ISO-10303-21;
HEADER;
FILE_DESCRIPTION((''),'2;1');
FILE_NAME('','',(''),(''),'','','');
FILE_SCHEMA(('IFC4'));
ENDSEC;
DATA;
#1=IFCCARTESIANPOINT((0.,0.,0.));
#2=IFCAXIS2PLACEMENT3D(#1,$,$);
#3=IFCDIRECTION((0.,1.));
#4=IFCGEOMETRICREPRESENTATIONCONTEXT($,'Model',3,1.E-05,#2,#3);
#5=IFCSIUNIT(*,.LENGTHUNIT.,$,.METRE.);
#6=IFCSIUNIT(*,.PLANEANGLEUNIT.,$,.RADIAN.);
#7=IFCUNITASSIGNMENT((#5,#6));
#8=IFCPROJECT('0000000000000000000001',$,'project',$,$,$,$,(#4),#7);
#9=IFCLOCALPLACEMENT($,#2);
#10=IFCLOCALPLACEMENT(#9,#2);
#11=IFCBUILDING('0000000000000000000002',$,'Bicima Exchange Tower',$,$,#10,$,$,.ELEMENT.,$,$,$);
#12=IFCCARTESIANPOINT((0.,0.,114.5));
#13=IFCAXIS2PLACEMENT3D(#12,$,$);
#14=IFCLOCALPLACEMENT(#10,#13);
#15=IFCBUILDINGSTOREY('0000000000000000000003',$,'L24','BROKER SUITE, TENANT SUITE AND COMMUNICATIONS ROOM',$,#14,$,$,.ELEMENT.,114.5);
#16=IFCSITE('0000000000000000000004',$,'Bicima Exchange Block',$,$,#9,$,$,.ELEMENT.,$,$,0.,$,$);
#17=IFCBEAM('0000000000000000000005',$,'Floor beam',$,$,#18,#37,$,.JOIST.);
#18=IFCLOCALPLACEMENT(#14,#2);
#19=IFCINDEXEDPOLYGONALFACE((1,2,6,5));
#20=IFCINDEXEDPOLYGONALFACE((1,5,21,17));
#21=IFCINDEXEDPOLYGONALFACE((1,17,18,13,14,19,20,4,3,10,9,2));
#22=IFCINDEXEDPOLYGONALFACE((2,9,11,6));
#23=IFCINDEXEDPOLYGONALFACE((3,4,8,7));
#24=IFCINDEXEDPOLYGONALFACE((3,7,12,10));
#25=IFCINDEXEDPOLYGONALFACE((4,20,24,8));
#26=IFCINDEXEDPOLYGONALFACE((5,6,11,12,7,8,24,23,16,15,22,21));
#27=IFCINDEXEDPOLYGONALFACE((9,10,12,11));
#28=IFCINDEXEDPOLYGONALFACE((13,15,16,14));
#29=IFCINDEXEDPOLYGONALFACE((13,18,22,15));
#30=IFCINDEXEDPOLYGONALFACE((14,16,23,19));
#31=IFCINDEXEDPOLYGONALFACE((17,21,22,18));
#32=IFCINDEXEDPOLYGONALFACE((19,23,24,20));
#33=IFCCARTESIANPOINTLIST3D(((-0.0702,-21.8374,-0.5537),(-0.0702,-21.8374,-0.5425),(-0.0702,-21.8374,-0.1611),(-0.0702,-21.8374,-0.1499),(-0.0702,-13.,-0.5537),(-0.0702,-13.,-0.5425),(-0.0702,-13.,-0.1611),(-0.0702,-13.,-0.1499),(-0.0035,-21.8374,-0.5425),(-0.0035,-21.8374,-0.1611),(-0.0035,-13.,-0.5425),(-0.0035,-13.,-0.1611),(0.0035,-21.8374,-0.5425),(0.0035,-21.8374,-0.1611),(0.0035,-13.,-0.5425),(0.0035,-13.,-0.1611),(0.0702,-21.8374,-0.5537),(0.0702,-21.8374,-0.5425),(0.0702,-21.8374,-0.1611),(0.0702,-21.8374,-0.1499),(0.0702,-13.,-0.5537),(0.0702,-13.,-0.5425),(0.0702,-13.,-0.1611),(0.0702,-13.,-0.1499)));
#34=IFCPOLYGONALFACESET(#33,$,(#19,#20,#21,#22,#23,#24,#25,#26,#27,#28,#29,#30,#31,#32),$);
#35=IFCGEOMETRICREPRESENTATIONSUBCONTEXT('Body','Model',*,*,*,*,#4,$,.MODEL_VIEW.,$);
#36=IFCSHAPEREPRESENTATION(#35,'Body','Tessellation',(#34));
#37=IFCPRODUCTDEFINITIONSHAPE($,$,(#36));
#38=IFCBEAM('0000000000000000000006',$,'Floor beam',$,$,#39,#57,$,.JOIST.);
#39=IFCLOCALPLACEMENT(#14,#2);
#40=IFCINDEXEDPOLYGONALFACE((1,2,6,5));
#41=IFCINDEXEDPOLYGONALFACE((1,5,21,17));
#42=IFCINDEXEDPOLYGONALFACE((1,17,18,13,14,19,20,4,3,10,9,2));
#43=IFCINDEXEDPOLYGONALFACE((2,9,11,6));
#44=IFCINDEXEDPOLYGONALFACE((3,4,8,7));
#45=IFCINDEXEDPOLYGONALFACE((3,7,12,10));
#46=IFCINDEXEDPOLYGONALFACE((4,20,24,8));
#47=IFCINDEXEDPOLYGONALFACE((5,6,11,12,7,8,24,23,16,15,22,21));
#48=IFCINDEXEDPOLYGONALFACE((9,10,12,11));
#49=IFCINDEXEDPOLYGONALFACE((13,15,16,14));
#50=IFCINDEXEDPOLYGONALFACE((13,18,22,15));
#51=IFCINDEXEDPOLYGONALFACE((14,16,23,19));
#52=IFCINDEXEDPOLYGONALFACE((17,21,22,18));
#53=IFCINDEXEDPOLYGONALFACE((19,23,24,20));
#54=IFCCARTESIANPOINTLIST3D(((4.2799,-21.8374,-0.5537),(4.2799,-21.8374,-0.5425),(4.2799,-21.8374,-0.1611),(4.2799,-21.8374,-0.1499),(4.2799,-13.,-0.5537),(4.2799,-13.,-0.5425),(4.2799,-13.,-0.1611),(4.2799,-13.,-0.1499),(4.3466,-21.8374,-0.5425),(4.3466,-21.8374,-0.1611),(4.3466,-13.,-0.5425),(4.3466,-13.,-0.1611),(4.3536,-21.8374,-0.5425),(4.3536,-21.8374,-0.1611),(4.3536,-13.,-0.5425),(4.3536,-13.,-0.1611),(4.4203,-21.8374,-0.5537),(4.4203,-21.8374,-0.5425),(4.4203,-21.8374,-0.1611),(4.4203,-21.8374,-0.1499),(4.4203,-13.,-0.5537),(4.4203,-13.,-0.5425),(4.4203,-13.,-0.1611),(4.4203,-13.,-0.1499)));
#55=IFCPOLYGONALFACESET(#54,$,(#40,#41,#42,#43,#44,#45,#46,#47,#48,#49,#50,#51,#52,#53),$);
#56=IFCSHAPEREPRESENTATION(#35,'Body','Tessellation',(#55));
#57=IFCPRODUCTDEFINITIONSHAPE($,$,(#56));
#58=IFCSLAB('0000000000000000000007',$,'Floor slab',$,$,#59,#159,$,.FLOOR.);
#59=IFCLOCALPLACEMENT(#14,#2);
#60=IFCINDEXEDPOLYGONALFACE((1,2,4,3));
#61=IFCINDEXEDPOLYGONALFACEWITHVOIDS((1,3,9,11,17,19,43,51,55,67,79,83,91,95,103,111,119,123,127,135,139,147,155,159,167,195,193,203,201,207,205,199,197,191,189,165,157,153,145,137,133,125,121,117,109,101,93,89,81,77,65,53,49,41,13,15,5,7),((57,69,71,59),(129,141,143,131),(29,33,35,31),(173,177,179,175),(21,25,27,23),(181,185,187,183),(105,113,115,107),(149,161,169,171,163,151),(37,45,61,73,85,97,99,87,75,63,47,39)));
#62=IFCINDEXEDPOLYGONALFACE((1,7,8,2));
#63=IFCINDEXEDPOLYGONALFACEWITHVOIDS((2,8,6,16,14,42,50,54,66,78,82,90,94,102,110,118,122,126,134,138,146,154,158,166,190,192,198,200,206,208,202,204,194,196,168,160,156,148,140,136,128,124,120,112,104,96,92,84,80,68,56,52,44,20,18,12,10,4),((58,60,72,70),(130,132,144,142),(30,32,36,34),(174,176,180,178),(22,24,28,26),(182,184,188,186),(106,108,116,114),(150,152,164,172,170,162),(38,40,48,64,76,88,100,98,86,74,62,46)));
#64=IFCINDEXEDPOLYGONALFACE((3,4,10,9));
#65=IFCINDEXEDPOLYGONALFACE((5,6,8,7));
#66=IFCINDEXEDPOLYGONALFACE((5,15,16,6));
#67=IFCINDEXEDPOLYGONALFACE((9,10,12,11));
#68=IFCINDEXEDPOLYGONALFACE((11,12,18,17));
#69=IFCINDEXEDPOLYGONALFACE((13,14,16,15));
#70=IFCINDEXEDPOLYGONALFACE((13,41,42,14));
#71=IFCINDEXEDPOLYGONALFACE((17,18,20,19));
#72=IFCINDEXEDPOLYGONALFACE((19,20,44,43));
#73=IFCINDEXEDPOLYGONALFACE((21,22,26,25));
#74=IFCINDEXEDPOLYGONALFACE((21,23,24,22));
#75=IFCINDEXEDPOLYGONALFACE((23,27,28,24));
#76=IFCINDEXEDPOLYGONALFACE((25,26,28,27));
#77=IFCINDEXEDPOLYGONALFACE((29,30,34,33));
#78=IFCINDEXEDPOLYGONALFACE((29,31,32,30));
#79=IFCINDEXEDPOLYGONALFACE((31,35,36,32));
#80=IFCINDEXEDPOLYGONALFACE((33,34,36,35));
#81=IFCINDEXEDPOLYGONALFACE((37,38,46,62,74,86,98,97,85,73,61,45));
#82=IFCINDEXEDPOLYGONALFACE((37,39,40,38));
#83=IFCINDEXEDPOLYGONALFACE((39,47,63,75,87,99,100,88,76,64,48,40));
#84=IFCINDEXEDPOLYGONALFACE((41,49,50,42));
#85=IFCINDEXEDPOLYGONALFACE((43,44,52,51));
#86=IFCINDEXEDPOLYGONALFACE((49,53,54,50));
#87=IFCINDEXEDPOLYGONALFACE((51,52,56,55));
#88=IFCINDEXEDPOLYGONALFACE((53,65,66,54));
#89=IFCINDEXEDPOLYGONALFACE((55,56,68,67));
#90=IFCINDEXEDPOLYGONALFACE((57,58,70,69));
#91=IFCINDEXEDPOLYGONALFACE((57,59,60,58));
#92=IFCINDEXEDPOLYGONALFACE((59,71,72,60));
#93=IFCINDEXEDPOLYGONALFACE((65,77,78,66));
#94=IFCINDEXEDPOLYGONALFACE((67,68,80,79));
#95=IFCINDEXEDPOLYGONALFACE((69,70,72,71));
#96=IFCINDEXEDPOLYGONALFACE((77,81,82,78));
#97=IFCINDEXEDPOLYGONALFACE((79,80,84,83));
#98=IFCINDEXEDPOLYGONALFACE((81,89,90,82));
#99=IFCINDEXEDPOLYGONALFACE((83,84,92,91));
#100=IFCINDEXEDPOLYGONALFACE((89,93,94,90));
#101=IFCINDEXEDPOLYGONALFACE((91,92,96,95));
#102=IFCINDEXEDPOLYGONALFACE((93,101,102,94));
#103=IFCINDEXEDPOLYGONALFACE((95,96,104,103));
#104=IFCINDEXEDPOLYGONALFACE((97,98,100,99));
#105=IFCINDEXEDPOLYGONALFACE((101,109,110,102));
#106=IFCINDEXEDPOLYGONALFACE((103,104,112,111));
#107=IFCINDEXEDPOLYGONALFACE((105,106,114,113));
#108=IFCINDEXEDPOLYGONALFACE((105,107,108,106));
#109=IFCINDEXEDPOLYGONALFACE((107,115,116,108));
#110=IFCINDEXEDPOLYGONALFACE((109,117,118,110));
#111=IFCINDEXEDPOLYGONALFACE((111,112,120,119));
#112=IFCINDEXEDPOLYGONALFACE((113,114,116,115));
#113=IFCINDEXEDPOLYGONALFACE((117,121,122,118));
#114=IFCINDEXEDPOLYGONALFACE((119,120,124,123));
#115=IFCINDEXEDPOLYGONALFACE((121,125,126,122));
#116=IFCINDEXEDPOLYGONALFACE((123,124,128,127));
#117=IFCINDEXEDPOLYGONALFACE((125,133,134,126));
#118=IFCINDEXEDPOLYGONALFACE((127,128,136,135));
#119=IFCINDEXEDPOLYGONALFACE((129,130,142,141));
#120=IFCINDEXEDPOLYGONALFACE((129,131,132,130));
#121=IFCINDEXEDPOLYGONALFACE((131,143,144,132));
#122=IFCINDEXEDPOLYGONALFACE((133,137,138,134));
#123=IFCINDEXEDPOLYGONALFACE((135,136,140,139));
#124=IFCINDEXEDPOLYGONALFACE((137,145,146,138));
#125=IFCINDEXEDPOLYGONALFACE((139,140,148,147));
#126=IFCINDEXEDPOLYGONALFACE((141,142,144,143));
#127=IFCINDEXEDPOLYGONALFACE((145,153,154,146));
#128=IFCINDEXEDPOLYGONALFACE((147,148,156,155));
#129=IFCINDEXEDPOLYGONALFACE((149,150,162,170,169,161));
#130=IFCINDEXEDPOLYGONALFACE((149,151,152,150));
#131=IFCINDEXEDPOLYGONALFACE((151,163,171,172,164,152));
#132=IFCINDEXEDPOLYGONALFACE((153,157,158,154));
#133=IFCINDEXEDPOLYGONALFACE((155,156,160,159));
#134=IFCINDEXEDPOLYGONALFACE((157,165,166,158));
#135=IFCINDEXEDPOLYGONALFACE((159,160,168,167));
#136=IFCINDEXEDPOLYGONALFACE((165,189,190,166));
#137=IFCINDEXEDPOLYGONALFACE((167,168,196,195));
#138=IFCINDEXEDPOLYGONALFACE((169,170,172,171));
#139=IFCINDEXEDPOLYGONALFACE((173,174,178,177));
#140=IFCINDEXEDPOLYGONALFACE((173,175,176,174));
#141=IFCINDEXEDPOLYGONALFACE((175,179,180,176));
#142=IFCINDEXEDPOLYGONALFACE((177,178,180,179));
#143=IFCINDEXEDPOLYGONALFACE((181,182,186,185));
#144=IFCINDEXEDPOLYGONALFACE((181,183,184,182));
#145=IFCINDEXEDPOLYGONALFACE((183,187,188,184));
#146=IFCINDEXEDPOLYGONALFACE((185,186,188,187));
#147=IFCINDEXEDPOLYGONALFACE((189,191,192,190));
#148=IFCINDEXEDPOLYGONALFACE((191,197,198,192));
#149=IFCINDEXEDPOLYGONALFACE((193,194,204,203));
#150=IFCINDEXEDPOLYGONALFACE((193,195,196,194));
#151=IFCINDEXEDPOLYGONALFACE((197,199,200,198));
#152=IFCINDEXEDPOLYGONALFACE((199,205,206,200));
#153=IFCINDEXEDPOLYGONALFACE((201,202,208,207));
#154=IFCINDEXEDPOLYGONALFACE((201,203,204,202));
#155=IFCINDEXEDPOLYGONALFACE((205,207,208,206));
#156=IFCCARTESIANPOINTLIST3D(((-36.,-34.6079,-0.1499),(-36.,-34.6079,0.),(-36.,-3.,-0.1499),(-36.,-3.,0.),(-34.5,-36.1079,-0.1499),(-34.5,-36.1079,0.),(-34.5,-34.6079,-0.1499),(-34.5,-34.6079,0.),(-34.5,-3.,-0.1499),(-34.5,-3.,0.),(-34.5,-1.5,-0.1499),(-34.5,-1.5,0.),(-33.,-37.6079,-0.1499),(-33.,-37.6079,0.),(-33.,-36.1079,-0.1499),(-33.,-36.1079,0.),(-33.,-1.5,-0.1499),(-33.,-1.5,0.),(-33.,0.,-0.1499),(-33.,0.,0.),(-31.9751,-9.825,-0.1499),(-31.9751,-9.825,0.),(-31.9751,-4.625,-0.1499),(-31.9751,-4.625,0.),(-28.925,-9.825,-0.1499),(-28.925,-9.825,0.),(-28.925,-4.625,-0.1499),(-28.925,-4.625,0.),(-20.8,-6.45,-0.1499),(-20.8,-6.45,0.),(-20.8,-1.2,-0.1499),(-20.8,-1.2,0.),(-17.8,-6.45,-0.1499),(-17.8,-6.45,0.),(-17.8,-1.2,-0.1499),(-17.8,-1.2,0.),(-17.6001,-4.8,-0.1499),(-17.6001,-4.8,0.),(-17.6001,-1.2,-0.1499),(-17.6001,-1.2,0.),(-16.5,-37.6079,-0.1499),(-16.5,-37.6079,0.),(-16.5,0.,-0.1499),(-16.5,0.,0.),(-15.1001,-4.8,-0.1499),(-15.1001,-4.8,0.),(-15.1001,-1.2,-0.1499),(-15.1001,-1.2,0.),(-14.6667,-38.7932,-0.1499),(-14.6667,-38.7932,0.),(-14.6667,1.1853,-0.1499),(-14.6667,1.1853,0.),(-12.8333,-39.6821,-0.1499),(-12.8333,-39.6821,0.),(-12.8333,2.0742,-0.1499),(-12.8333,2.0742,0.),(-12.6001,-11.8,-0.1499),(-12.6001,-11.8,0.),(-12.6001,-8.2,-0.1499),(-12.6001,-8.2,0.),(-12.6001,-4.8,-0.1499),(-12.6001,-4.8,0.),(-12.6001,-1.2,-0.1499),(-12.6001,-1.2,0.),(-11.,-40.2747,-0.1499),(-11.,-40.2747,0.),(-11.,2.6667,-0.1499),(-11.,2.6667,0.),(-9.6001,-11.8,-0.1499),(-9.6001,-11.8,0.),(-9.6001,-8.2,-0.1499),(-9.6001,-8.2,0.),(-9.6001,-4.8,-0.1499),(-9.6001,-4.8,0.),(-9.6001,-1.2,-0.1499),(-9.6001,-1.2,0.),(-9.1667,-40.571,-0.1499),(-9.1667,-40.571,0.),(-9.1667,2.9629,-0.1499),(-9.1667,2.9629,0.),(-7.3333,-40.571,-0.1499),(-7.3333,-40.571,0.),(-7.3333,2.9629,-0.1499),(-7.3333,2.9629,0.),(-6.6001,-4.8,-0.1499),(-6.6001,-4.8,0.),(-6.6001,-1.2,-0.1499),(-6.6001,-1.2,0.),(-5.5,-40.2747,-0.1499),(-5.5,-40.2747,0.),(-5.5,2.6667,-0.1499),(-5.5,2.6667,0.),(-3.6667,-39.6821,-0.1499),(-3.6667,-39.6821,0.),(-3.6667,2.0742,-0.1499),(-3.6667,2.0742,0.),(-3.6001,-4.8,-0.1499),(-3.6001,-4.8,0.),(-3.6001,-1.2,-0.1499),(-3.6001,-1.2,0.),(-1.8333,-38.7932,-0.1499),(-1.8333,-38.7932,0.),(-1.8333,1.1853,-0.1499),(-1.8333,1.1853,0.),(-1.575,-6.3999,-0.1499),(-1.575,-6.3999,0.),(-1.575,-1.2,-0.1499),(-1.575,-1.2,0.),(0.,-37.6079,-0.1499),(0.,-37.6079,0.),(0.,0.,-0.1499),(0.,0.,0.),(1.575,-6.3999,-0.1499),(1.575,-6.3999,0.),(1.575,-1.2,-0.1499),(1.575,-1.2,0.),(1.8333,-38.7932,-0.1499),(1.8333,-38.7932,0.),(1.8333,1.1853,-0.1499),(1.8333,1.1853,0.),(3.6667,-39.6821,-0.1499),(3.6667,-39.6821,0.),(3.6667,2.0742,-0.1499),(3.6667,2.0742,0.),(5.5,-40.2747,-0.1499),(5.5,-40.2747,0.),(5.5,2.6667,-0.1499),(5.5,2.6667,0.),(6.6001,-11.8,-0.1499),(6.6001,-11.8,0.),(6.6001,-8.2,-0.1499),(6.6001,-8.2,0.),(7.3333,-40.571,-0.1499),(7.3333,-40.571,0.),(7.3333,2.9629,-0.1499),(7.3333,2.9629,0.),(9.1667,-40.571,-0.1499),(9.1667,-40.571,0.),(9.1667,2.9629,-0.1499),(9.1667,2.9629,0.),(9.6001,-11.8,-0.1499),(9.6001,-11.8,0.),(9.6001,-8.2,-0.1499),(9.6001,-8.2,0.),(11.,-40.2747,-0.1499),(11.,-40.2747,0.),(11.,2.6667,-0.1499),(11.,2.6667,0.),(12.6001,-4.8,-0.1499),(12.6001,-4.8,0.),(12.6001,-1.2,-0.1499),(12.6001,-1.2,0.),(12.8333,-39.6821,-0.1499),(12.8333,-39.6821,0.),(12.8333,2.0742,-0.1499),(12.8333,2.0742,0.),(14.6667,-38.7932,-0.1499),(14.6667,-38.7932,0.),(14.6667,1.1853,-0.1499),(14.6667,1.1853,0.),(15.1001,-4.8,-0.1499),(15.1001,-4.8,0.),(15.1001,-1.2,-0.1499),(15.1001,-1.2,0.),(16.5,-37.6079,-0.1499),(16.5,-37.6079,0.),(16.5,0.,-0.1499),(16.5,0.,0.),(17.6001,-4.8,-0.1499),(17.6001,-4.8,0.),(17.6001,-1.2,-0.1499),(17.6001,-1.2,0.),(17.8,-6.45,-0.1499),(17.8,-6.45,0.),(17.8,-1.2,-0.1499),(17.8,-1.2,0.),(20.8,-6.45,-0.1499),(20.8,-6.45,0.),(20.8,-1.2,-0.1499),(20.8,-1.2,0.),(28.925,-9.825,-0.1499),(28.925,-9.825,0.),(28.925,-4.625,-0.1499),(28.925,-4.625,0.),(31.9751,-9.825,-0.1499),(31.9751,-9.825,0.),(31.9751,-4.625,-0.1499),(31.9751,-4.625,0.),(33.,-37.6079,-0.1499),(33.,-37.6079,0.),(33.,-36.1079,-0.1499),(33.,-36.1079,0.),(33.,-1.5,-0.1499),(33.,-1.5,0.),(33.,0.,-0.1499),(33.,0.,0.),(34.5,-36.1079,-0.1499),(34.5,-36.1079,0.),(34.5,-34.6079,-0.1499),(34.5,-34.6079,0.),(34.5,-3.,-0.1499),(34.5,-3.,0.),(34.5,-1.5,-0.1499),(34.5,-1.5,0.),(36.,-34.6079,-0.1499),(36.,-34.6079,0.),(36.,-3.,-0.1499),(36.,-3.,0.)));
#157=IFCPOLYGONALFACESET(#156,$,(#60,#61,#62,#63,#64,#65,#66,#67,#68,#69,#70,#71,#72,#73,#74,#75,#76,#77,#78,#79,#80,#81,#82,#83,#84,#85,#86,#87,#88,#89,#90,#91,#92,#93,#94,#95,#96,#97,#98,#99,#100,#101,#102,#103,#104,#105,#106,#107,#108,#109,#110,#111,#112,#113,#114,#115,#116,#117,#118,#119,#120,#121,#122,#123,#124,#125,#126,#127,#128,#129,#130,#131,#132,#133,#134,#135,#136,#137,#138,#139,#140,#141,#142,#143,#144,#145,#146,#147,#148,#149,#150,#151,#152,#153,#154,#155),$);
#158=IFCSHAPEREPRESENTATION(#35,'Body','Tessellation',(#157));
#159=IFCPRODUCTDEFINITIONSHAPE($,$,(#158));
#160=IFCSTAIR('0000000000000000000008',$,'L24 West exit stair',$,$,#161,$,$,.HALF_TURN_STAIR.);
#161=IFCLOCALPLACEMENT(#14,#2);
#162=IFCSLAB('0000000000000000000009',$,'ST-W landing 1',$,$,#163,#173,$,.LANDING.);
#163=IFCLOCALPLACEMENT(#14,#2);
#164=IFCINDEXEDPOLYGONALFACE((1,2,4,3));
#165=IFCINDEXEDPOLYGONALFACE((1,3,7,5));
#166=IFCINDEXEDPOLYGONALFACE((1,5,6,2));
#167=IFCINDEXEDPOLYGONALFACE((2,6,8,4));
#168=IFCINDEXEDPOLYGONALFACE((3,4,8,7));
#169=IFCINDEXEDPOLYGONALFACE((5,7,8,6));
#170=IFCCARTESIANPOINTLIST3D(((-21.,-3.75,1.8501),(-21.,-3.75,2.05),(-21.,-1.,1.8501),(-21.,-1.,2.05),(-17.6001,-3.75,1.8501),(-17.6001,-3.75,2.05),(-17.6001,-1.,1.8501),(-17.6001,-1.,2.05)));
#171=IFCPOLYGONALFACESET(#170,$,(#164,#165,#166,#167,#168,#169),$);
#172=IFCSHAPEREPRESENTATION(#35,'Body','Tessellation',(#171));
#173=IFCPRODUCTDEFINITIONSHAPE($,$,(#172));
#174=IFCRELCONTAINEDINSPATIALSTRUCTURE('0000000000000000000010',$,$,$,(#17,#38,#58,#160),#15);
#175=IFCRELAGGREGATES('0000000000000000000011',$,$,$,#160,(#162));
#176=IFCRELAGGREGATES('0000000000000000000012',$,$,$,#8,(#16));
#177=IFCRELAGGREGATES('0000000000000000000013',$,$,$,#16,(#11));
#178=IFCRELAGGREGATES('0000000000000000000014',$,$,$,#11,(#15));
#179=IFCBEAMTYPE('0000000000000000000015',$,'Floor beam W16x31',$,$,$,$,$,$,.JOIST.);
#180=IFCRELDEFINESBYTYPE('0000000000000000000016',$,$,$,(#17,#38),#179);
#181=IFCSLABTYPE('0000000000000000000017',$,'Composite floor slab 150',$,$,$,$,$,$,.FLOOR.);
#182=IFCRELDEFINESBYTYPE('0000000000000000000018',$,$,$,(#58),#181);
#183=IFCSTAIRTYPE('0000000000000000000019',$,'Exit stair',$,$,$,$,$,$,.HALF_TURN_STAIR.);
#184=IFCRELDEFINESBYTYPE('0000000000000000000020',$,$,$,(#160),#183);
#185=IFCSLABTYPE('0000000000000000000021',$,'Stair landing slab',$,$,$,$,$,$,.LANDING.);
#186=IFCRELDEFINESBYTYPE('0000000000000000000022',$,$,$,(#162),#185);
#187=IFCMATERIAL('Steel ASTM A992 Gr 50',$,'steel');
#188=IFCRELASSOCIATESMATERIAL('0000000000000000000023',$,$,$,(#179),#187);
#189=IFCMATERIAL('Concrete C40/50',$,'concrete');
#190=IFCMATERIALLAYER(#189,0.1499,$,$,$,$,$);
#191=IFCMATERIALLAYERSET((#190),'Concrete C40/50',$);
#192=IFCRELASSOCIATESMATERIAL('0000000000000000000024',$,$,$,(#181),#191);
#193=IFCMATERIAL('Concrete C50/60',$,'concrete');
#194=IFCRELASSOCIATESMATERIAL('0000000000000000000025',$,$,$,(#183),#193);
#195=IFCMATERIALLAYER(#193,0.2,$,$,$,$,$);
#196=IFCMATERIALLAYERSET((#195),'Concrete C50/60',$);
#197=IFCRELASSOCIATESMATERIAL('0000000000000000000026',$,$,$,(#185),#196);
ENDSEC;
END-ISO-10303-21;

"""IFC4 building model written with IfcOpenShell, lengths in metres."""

from ifc_helpers import new_model, si_unit, direction, frame, origin, origin_2d, place, context, subcontext, project, spatial, polyline, i_section, outline, extrude, material, layer, layer_set, material_profile, profile_set, type_object, element, aggregate, save


model = new_model("IFC4")

# Units and contexts
model_context = context("Model", 3, precision=1e-05, world=origin(), true_north=direction((0.0, 1.0)))
body_context = subcontext(model_context, "Body", "Model", "MODEL_VIEW")
ifc_project = project(units=[si_unit("LENGTHUNIT", "METRE"), si_unit("PLANEANGLEUNIT", "RADIAN")], contexts=[model_context])

# Site, building, storey
site_placement = place(None, origin())
site = spatial("IfcSite", under=ifc_project, at=site_placement, Name="Bicima Exchange Block", CompositionType="ELEMENT", RefElevation=0.0)
building_placement = place(site_placement, origin())
building = spatial("IfcBuilding", under=site, at=building_placement, Name="Bicima Exchange Tower", CompositionType="ELEMENT")
storey_placement = place(building_placement, frame((0.0, 0.0, 114.5)))
storey = spatial("IfcBuildingStorey", under=building, at=storey_placement, Name="L24", Description="BROKER SUITE, TENANT SUITE AND COMMUNICATIONS ROOM", CompositionType="ELEMENT", Elevation=114.5)

# Beams
ifc_material_1 = material(Name="Steel ASTM A992 Gr 50", Category="steel")
ifc_material_profile = material_profile(ifc_material_1, i_section(OverallWidth=0.1404, OverallDepth=0.4038, WebThickness=0.0071, FlangeThickness=0.0112, at=origin_2d()))
ifc_profile_set = profile_set([ifc_material_profile], Name="Steel ASTM A992 Gr 50")
beam_type = type_object("IfcBeamType", Name="Floor beam W16x31", PredefinedType="JOIST", material=ifc_profile_set)
for number, where, z_axis, x_axis, name in (
    (1, (0.0, -13.0, -0.3518), (0.0, -1.0, 0.0), (1.0, 0.0, 0.0), "Floor beam"),
    (2, (4.3501, -13.0, -0.3518), (0.0, -1.0, 0.0), (1.0, 0.0, 0.0), "Floor beam"),
):
    element("IfcBeam", number, at=place(storey_placement, frame(where, z_axis=z_axis, x_axis=x_axis)), inside=storey, type_object=beam_type, Name=name, PredefinedType="JOIST", context=body_context, shape_type="SweptSolid", body=[
        extrude(i_section(OverallWidth=0.1404, OverallDepth=0.4038, WebThickness=0.0071, FlangeThickness=0.0112, at=origin_2d()), origin(), (0.0, 0.0, 1.0), 8.8374),
    ])

# Slab
ifc_material_2 = material(Name="Concrete C40/50", Category="concrete")
ifc_layer_1 = layer(ifc_material_2, 0.1499)
ifc_layer_set_1 = layer_set([ifc_layer_1], Name="Concrete C40/50")
slab_type_1 = type_object("IfcSlabType", Name="Composite floor slab 150", PredefinedType="FLOOR", material=ifc_layer_set_1)
slab_1_placement = place(storey_placement, frame((0.0, 0.0, -0.1499)))
element("IfcSlab", 3, at=slab_1_placement, inside=storey, type_object=slab_type_1, Name="Floor slab", PredefinedType="FLOOR", context=body_context, shape_type="SweptSolid", body=[
    extrude(outline(polyline([(-36.0, -34.6079), (-36.0, -3.0), (-34.5, -3.0), (-34.5, -1.5), (-33.0, -1.5), (-33.0, 0.0), (-16.5, 0.0), (-14.6667, 1.1853), (-12.8333, 2.0742), (-11.0, 2.6667), (-9.1667, 2.9629), (-7.3333, 2.9629), (-5.5, 2.6667), (-3.6667, 2.0742), (-1.8333, 1.1853), (0.0, 0.0), (1.8333, 1.1853), (3.6667, 2.0742), (5.5, 2.6667), (7.3333, 2.9629), (9.1667, 2.9629), (11.0, 2.6667), (12.8333, 2.0742), (14.6667, 1.1853), (16.5, 0.0), (33.0, 0.0), (33.0, -1.5), (34.5, -1.5), (34.5, -3.0), (36.0, -3.0), (36.0, -34.6079), (34.5, -34.6079), (34.5, -36.1079), (33.0, -36.1079), (33.0, -37.6079), (16.5, -37.6079), (14.6667, -38.7932), (12.8333, -39.6821), (11.0, -40.2747), (9.1667, -40.571), (7.3333, -40.571), (5.5, -40.2747), (3.6667, -39.6821), (1.8333, -38.7932), (0.0, -37.6079), (-1.8333, -38.7932), (-3.6667, -39.6821), (-5.5, -40.2747), (-7.3333, -40.571), (-9.1667, -40.571), (-11.0, -40.2747), (-12.8333, -39.6821), (-14.6667, -38.7932), (-16.5, -37.6079), (-33.0, -37.6079), (-33.0, -36.1079), (-34.5, -36.1079), (-34.5, -34.6079), (-36.0, -34.6079)]), holes=[polyline([(-9.6001, -11.8), (-9.6001, -8.2), (-12.6001, -8.2), (-12.6001, -11.8), (-9.6001, -11.8)]), polyline([(-31.9751, -9.825), (-28.925, -9.825), (-28.925, -4.625), (-31.9751, -4.625), (-31.9751, -9.825)]), polyline([(-20.8, -6.45), (-17.8, -6.45), (-17.8, -1.2), (-20.8, -1.2), (-20.8, -6.45)]), polyline([(-9.6001, -1.2), (-12.6001, -1.2), (-15.1001, -1.2), (-17.6001, -1.2), (-17.6001, -4.8), (-15.1001, -4.8), (-12.6001, -4.8), (-9.6001, -4.8), (-6.6001, -4.8), (-3.6001, -4.8), (-3.6001, -1.2), (-6.6001, -1.2), (-9.6001, -1.2)]), polyline([(9.6001, -11.8), (9.6001, -8.2), (6.6001, -8.2), (6.6001, -11.8), (9.6001, -11.8)]), polyline([(28.925, -9.825), (31.9751, -9.825), (31.9751, -4.625), (28.925, -4.625), (28.925, -9.825)]), polyline([(17.8, -6.45), (20.8, -6.45), (20.8, -1.2), (17.8, -1.2), (17.8, -6.45)]), polyline([(-1.575, -6.3999), (1.575, -6.3999), (1.575, -1.2), (-1.575, -1.2), (-1.575, -6.3999)]), polyline([(17.6001, -4.8), (17.6001, -1.2), (15.1001, -1.2), (12.6001, -1.2), (12.6001, -4.8), (15.1001, -4.8), (17.6001, -4.8)])]), origin(), (0.0, 0.0, 1.0), 0.1499),
])

# Stair, slab
ifc_material_3 = material(Name="Concrete C50/60", Category="concrete")
stair_type_1 = type_object("IfcStairType", Name="Exit stair", PredefinedType="HALF_TURN_STAIR", material=ifc_material_3)
stair_1_placement = place(storey_placement, origin())
stair_1 = element("IfcStair", 4, at=stair_1_placement, inside=storey, type_object=stair_type_1, Name="L24 West exit stair", PredefinedType="HALF_TURN_STAIR")
ifc_layer_2 = layer(ifc_material_3, 0.2)
ifc_layer_set_2 = layer_set([ifc_layer_2], Name="Concrete C50/60")
slab_type_2 = type_object("IfcSlabType", Name="Stair landing slab", PredefinedType="LANDING", material=ifc_layer_set_2)
slab_2_placement = place(storey_placement, frame((0.0, 0.0, 1.8501)))
slab_2 = element("IfcSlab", 5, at=slab_2_placement, type_object=slab_type_2, Name="ST-W landing 1", PredefinedType="LANDING", context=body_context, shape_type="SweptSolid", body=[
    extrude(outline(polyline([(-17.6001, -3.75), (-17.6001, -1.0), (-21.0, -1.0), (-21.0, -3.75), (-17.6001, -3.75)])), origin(), (0.0, 0.0, 1.0), 0.2),
])
aggregate(stair_1, [slab_2])

save(model, "model.ifc")
